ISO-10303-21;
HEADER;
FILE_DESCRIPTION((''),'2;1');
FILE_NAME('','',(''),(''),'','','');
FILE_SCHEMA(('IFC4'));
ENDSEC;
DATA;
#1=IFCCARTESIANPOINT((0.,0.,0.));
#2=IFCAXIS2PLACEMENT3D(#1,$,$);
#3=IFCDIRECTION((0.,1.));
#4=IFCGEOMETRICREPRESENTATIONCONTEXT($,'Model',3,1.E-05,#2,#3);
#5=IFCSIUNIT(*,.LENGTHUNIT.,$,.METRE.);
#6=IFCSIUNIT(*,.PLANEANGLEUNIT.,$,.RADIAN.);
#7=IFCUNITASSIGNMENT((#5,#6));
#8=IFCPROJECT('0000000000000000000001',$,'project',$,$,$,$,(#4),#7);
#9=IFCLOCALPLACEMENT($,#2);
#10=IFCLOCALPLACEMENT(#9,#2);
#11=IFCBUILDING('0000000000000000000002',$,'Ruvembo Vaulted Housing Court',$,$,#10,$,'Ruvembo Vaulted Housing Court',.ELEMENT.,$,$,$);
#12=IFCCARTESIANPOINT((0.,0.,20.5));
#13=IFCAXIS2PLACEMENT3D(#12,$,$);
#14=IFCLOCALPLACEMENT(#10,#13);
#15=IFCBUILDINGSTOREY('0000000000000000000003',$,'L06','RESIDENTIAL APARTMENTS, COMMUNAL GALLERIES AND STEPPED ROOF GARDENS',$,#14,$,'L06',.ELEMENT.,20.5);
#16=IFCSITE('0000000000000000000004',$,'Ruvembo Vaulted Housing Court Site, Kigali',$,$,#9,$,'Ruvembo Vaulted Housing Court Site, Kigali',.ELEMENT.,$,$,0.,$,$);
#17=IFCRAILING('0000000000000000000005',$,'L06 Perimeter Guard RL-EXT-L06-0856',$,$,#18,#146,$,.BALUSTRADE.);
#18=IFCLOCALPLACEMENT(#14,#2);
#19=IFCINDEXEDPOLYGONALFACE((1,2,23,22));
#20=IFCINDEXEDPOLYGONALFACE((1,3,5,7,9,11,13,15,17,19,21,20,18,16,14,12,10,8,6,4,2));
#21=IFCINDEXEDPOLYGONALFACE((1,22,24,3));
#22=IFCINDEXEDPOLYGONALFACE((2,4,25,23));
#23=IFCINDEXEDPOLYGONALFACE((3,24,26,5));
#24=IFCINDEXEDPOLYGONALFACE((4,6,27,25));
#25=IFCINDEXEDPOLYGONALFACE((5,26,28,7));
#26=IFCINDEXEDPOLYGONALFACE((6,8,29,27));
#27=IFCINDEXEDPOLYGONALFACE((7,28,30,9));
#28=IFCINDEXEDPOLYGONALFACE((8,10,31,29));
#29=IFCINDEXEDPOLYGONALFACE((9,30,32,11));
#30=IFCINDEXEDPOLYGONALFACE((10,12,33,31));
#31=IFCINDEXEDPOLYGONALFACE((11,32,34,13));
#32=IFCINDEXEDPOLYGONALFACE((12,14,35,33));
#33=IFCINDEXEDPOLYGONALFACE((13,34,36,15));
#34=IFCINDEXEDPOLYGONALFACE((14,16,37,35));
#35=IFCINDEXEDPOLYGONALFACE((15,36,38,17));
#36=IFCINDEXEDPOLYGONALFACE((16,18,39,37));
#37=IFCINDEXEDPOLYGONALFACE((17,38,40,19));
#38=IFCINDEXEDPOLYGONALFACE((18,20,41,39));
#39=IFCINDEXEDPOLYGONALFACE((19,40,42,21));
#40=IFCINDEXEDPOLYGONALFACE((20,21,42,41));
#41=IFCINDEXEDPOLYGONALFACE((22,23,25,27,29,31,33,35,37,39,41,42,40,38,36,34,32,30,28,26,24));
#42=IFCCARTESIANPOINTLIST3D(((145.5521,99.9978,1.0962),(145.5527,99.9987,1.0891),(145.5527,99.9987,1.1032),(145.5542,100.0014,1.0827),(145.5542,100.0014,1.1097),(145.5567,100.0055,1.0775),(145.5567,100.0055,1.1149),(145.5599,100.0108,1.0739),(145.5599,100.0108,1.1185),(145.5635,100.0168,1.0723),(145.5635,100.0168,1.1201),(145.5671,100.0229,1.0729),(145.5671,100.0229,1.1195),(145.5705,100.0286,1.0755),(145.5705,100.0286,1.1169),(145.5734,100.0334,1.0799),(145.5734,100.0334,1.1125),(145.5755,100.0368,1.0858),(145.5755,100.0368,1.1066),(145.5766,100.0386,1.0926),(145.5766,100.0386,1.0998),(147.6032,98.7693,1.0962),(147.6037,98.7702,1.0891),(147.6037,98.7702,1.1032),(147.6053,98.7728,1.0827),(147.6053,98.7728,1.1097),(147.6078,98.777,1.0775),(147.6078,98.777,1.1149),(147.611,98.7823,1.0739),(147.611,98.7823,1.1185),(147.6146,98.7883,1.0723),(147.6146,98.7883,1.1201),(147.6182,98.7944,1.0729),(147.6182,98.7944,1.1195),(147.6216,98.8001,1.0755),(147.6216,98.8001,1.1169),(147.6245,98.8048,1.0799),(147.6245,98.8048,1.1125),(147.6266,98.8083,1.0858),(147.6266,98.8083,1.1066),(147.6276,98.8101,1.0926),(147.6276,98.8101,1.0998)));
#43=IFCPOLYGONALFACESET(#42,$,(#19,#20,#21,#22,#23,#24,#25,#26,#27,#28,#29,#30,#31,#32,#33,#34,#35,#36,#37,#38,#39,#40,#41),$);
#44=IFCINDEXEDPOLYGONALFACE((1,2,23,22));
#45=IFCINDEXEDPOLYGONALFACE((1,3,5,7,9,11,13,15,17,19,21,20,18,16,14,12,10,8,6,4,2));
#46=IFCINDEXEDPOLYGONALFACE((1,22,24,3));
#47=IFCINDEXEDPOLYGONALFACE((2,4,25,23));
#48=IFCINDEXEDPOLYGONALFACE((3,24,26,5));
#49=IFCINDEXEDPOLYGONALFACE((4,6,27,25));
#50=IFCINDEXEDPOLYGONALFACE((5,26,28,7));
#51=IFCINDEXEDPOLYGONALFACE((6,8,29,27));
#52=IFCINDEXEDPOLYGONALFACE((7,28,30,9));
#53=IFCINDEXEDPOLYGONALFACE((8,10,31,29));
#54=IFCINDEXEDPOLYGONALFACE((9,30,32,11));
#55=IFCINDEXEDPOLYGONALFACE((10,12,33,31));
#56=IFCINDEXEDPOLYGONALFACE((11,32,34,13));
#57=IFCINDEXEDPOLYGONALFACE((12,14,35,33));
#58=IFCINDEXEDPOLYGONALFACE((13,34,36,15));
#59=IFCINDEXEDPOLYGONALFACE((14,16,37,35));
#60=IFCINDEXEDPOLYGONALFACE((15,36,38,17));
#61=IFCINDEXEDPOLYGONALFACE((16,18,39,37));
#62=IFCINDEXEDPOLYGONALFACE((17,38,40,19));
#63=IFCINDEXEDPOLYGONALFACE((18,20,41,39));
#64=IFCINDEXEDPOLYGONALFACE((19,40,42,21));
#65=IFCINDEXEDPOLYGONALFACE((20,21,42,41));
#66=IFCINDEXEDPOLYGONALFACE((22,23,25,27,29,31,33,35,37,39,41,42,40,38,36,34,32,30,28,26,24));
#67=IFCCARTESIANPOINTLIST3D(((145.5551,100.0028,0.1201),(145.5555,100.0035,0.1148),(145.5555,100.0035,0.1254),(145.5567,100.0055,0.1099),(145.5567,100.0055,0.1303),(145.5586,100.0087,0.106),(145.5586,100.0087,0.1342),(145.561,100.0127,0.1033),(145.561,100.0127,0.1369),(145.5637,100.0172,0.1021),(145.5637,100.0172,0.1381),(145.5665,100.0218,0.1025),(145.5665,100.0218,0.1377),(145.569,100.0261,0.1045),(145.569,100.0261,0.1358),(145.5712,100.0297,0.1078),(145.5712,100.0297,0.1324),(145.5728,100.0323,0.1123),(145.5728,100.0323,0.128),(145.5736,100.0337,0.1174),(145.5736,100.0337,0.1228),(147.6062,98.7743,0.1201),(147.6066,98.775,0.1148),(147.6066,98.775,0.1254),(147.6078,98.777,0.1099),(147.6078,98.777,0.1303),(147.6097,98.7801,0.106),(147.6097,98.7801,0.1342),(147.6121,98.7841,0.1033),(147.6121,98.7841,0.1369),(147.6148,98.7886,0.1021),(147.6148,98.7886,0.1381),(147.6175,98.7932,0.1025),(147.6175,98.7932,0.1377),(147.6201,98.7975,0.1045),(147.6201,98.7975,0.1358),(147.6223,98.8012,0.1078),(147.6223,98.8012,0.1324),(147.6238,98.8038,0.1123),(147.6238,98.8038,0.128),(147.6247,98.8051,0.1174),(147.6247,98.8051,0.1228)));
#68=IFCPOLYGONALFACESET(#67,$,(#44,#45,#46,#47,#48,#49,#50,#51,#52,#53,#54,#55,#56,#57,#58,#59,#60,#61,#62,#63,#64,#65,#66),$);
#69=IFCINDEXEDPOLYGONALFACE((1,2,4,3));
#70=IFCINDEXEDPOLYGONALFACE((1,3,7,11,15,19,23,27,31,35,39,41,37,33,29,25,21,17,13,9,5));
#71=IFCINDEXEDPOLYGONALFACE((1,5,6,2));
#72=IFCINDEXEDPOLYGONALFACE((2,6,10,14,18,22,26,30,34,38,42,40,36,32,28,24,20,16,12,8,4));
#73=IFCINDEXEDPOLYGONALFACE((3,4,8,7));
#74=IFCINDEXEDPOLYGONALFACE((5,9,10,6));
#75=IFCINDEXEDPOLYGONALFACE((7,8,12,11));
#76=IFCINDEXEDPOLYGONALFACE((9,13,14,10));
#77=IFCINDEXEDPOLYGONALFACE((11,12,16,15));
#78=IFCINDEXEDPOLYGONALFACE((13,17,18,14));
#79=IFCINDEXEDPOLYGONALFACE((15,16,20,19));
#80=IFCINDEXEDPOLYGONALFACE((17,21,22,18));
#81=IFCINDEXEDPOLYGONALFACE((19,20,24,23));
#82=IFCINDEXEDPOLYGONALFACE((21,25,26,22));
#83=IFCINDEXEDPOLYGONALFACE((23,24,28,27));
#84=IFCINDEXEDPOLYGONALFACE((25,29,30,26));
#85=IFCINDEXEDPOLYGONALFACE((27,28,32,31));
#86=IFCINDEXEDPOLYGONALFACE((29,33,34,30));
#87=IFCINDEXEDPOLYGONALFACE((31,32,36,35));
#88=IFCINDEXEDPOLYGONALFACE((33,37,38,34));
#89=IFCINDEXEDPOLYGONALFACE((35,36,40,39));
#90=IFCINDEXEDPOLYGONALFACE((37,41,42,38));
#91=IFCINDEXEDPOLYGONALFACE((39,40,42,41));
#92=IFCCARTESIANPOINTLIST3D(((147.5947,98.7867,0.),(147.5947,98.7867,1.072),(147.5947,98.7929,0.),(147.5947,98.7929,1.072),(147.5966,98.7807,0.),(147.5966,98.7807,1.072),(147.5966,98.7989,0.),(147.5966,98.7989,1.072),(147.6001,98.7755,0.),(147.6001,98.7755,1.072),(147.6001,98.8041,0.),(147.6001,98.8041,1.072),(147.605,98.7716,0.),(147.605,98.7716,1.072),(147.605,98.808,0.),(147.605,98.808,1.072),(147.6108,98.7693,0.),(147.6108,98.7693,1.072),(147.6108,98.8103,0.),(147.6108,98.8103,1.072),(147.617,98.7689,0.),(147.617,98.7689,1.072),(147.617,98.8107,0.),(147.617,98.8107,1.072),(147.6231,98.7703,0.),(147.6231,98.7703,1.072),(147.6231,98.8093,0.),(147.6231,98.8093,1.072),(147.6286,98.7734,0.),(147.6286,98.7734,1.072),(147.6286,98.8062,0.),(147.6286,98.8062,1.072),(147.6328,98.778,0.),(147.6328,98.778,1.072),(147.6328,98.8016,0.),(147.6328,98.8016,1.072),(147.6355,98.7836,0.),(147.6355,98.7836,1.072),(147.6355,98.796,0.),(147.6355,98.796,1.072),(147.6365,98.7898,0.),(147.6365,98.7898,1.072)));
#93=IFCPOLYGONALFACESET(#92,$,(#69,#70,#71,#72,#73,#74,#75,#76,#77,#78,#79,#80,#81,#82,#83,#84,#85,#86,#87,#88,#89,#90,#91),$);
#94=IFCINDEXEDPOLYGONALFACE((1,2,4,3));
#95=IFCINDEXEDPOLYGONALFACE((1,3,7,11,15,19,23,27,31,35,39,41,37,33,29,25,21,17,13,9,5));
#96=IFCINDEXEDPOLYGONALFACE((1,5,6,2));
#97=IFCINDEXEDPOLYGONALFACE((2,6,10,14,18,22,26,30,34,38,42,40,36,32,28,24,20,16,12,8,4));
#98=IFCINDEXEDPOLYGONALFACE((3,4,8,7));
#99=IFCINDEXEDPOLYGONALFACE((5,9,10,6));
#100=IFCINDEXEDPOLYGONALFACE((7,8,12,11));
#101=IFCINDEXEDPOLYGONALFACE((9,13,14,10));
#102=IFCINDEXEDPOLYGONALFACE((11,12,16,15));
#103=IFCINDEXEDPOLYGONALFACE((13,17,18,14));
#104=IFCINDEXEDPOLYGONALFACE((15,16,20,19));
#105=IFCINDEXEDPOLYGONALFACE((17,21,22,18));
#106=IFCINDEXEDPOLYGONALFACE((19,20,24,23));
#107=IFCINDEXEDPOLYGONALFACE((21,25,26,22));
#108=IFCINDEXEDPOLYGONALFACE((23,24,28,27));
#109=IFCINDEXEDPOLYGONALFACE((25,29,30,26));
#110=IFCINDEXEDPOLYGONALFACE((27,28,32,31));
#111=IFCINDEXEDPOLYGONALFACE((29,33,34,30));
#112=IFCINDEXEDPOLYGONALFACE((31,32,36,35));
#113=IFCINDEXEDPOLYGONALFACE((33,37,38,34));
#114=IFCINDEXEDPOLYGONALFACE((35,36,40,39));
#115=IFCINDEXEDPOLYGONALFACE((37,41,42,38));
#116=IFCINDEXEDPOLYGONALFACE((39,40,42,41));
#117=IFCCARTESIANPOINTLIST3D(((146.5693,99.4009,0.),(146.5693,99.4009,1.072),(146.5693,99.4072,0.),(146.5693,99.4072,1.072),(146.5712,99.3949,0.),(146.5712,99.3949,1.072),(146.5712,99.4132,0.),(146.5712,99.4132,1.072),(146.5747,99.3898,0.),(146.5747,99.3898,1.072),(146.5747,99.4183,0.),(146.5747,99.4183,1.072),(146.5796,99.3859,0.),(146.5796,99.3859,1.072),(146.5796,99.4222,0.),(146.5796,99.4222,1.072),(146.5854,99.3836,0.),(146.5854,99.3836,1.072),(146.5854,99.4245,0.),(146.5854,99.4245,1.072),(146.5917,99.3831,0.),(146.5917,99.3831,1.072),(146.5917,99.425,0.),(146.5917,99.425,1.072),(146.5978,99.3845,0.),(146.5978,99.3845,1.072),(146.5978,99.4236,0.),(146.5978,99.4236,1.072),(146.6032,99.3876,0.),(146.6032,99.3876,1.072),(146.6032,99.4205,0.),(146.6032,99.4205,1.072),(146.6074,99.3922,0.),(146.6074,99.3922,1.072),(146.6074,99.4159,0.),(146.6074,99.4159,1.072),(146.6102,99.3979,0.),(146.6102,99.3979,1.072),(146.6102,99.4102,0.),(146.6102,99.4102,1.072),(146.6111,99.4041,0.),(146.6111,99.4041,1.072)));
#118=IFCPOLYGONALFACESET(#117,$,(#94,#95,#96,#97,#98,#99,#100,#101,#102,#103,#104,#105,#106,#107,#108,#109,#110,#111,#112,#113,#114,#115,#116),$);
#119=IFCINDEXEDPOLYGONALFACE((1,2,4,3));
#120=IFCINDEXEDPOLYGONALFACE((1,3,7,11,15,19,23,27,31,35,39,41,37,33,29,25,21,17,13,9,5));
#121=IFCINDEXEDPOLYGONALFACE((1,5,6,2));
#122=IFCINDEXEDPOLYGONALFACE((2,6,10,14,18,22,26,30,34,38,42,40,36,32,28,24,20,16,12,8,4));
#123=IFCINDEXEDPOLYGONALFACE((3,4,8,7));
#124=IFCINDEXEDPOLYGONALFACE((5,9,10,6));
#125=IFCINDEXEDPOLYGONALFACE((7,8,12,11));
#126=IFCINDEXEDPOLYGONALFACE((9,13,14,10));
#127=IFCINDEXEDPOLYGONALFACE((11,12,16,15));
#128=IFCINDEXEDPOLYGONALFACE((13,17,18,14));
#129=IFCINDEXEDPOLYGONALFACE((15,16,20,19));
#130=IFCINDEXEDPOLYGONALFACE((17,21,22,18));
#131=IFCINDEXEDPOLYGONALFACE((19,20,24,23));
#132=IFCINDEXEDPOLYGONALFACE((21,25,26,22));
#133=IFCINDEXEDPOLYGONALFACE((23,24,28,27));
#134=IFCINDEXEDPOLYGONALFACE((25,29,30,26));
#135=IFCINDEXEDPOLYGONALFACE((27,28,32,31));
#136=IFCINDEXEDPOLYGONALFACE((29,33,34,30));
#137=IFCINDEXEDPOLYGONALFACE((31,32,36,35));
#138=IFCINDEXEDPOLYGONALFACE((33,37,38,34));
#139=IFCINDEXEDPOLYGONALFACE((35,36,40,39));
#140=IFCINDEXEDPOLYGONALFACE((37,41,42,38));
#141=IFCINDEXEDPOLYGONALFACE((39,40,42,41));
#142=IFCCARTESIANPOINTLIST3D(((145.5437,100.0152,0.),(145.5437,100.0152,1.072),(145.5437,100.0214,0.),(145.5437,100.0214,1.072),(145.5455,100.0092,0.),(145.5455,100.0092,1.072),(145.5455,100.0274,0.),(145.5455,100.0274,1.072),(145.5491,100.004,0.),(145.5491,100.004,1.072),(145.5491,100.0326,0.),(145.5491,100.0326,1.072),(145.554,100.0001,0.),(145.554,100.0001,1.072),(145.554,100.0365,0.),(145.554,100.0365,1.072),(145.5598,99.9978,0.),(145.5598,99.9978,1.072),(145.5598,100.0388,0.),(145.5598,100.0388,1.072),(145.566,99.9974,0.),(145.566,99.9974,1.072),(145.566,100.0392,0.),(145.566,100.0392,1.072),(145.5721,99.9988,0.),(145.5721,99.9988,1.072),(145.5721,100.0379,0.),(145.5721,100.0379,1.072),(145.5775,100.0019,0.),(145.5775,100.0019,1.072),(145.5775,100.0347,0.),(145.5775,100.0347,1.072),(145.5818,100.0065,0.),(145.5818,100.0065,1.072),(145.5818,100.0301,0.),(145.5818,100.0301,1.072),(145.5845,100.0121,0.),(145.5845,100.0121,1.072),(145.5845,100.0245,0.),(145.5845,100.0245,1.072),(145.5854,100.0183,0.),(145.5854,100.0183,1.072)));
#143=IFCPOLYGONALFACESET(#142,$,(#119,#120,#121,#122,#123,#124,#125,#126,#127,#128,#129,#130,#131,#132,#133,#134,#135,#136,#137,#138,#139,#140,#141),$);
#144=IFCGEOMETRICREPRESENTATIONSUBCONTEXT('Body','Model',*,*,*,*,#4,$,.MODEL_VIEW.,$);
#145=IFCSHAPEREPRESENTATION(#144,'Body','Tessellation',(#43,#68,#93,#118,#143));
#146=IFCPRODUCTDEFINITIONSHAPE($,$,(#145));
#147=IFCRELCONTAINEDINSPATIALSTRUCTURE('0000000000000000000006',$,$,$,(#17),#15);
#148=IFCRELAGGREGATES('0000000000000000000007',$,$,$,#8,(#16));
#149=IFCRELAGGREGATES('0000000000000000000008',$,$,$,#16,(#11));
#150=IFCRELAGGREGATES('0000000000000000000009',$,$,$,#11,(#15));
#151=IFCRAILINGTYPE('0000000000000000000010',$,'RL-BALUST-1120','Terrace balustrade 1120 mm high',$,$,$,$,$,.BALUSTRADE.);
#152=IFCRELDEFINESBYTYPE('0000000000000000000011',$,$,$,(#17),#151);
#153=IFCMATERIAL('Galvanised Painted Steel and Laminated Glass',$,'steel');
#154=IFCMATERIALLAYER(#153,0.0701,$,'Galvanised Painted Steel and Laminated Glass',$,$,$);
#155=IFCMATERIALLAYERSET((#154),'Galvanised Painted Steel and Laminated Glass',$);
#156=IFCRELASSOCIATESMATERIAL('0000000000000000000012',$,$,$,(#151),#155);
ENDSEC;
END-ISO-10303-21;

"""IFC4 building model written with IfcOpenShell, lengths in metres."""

from ifc_helpers import new_model, si_unit, direction, frame, origin, origin_2d, place, context, subcontext, project, spatial, circle, extrude, material, layer, layer_set, type_object, element, save


model = new_model("IFC4")

# Units and contexts
model_context = context("Model", 3, precision=1e-05, world=origin(), true_north=direction((0.0, 1.0)))
body_context = subcontext(model_context, "Body", "Model", "MODEL_VIEW")
ifc_project = project(units=[si_unit("LENGTHUNIT", "METRE"), si_unit("PLANEANGLEUNIT", "RADIAN")], contexts=[model_context])

# Site, building, storey
site_placement = place(None, origin())
site = spatial("IfcSite", under=ifc_project, at=site_placement, Name="Ruvembo Vaulted Housing Court Site, Kigali", LongName="Ruvembo Vaulted Housing Court Site, Kigali", CompositionType="ELEMENT", RefElevation=0.0)
building_placement = place(site_placement, origin())
building = spatial("IfcBuilding", under=site, at=building_placement, Name="Ruvembo Vaulted Housing Court", LongName="Ruvembo Vaulted Housing Court", CompositionType="ELEMENT")
storey_placement = place(building_placement, frame((0.0, 0.0, 20.5)))
storey = spatial("IfcBuildingStorey", under=building, at=storey_placement, Name="L06", Description="RESIDENTIAL APARTMENTS, COMMUNAL GALLERIES AND STEPPED ROOF GARDENS", LongName="L06", CompositionType="ELEMENT", Elevation=20.5)

# Railing
ifc_material_1 = material(Name="Galvanised Painted Steel and Laminated Glass", Category="steel")
ifc_layer_1 = layer(ifc_material_1, 0.0701, Name="Galvanised Painted Steel and Laminated Glass")
ifc_layer_set_1 = layer_set([ifc_layer_1], Name="Galvanised Painted Steel and Laminated Glass")
railing_type = type_object("IfcRailingType", Name="RL-BALUST-1120", Description="Terrace balustrade 1120 mm high", PredefinedType="BALUSTRADE", material=ifc_layer_set_1)
railing_1_placement = place(storey_placement, frame((147.6155, 98.7898, 0.0)))
element("IfcRailing", 1, at=railing_1_placement, inside=storey, type_object=railing_type, Name="L06 Perimeter Guard RL-EXT-L06-0856", PredefinedType="BALUSTRADE", context=body_context, shape_type="SweptSolid", body=[
    extrude(circle(Radius=0.0239, at=origin_2d()), frame((0.0, 0.0, 1.0962), z_axis=(-0.85788, 0.51385, 0.0), x_axis=(-0.51385, -0.85788, 0.0)), (0.0, 0.0, 1.0), 2.3909),
    extrude(circle(Radius=0.0181, at=origin_2d()), frame((0.0, 0.0, 0.1201), z_axis=(-0.85788, 0.51385, 0.0), x_axis=(-0.51385, -0.85788, 0.0)), (0.0, 0.0, 1.0), 2.3909),
    extrude(circle(Radius=0.021, at=origin_2d()), origin(), (0.0, 0.0, 1.0), 1.072),
    extrude(circle(Radius=0.021, at=origin_2d()), frame((-1.0254, 0.6143, 0.0)), (0.0, 0.0, 1.0), 1.072),
    extrude(circle(Radius=0.021, at=origin_2d()), frame((-2.051, 1.2285, 0.0)), (0.0, 0.0, 1.0), 1.072),
])

save(model, "model.ifc")
